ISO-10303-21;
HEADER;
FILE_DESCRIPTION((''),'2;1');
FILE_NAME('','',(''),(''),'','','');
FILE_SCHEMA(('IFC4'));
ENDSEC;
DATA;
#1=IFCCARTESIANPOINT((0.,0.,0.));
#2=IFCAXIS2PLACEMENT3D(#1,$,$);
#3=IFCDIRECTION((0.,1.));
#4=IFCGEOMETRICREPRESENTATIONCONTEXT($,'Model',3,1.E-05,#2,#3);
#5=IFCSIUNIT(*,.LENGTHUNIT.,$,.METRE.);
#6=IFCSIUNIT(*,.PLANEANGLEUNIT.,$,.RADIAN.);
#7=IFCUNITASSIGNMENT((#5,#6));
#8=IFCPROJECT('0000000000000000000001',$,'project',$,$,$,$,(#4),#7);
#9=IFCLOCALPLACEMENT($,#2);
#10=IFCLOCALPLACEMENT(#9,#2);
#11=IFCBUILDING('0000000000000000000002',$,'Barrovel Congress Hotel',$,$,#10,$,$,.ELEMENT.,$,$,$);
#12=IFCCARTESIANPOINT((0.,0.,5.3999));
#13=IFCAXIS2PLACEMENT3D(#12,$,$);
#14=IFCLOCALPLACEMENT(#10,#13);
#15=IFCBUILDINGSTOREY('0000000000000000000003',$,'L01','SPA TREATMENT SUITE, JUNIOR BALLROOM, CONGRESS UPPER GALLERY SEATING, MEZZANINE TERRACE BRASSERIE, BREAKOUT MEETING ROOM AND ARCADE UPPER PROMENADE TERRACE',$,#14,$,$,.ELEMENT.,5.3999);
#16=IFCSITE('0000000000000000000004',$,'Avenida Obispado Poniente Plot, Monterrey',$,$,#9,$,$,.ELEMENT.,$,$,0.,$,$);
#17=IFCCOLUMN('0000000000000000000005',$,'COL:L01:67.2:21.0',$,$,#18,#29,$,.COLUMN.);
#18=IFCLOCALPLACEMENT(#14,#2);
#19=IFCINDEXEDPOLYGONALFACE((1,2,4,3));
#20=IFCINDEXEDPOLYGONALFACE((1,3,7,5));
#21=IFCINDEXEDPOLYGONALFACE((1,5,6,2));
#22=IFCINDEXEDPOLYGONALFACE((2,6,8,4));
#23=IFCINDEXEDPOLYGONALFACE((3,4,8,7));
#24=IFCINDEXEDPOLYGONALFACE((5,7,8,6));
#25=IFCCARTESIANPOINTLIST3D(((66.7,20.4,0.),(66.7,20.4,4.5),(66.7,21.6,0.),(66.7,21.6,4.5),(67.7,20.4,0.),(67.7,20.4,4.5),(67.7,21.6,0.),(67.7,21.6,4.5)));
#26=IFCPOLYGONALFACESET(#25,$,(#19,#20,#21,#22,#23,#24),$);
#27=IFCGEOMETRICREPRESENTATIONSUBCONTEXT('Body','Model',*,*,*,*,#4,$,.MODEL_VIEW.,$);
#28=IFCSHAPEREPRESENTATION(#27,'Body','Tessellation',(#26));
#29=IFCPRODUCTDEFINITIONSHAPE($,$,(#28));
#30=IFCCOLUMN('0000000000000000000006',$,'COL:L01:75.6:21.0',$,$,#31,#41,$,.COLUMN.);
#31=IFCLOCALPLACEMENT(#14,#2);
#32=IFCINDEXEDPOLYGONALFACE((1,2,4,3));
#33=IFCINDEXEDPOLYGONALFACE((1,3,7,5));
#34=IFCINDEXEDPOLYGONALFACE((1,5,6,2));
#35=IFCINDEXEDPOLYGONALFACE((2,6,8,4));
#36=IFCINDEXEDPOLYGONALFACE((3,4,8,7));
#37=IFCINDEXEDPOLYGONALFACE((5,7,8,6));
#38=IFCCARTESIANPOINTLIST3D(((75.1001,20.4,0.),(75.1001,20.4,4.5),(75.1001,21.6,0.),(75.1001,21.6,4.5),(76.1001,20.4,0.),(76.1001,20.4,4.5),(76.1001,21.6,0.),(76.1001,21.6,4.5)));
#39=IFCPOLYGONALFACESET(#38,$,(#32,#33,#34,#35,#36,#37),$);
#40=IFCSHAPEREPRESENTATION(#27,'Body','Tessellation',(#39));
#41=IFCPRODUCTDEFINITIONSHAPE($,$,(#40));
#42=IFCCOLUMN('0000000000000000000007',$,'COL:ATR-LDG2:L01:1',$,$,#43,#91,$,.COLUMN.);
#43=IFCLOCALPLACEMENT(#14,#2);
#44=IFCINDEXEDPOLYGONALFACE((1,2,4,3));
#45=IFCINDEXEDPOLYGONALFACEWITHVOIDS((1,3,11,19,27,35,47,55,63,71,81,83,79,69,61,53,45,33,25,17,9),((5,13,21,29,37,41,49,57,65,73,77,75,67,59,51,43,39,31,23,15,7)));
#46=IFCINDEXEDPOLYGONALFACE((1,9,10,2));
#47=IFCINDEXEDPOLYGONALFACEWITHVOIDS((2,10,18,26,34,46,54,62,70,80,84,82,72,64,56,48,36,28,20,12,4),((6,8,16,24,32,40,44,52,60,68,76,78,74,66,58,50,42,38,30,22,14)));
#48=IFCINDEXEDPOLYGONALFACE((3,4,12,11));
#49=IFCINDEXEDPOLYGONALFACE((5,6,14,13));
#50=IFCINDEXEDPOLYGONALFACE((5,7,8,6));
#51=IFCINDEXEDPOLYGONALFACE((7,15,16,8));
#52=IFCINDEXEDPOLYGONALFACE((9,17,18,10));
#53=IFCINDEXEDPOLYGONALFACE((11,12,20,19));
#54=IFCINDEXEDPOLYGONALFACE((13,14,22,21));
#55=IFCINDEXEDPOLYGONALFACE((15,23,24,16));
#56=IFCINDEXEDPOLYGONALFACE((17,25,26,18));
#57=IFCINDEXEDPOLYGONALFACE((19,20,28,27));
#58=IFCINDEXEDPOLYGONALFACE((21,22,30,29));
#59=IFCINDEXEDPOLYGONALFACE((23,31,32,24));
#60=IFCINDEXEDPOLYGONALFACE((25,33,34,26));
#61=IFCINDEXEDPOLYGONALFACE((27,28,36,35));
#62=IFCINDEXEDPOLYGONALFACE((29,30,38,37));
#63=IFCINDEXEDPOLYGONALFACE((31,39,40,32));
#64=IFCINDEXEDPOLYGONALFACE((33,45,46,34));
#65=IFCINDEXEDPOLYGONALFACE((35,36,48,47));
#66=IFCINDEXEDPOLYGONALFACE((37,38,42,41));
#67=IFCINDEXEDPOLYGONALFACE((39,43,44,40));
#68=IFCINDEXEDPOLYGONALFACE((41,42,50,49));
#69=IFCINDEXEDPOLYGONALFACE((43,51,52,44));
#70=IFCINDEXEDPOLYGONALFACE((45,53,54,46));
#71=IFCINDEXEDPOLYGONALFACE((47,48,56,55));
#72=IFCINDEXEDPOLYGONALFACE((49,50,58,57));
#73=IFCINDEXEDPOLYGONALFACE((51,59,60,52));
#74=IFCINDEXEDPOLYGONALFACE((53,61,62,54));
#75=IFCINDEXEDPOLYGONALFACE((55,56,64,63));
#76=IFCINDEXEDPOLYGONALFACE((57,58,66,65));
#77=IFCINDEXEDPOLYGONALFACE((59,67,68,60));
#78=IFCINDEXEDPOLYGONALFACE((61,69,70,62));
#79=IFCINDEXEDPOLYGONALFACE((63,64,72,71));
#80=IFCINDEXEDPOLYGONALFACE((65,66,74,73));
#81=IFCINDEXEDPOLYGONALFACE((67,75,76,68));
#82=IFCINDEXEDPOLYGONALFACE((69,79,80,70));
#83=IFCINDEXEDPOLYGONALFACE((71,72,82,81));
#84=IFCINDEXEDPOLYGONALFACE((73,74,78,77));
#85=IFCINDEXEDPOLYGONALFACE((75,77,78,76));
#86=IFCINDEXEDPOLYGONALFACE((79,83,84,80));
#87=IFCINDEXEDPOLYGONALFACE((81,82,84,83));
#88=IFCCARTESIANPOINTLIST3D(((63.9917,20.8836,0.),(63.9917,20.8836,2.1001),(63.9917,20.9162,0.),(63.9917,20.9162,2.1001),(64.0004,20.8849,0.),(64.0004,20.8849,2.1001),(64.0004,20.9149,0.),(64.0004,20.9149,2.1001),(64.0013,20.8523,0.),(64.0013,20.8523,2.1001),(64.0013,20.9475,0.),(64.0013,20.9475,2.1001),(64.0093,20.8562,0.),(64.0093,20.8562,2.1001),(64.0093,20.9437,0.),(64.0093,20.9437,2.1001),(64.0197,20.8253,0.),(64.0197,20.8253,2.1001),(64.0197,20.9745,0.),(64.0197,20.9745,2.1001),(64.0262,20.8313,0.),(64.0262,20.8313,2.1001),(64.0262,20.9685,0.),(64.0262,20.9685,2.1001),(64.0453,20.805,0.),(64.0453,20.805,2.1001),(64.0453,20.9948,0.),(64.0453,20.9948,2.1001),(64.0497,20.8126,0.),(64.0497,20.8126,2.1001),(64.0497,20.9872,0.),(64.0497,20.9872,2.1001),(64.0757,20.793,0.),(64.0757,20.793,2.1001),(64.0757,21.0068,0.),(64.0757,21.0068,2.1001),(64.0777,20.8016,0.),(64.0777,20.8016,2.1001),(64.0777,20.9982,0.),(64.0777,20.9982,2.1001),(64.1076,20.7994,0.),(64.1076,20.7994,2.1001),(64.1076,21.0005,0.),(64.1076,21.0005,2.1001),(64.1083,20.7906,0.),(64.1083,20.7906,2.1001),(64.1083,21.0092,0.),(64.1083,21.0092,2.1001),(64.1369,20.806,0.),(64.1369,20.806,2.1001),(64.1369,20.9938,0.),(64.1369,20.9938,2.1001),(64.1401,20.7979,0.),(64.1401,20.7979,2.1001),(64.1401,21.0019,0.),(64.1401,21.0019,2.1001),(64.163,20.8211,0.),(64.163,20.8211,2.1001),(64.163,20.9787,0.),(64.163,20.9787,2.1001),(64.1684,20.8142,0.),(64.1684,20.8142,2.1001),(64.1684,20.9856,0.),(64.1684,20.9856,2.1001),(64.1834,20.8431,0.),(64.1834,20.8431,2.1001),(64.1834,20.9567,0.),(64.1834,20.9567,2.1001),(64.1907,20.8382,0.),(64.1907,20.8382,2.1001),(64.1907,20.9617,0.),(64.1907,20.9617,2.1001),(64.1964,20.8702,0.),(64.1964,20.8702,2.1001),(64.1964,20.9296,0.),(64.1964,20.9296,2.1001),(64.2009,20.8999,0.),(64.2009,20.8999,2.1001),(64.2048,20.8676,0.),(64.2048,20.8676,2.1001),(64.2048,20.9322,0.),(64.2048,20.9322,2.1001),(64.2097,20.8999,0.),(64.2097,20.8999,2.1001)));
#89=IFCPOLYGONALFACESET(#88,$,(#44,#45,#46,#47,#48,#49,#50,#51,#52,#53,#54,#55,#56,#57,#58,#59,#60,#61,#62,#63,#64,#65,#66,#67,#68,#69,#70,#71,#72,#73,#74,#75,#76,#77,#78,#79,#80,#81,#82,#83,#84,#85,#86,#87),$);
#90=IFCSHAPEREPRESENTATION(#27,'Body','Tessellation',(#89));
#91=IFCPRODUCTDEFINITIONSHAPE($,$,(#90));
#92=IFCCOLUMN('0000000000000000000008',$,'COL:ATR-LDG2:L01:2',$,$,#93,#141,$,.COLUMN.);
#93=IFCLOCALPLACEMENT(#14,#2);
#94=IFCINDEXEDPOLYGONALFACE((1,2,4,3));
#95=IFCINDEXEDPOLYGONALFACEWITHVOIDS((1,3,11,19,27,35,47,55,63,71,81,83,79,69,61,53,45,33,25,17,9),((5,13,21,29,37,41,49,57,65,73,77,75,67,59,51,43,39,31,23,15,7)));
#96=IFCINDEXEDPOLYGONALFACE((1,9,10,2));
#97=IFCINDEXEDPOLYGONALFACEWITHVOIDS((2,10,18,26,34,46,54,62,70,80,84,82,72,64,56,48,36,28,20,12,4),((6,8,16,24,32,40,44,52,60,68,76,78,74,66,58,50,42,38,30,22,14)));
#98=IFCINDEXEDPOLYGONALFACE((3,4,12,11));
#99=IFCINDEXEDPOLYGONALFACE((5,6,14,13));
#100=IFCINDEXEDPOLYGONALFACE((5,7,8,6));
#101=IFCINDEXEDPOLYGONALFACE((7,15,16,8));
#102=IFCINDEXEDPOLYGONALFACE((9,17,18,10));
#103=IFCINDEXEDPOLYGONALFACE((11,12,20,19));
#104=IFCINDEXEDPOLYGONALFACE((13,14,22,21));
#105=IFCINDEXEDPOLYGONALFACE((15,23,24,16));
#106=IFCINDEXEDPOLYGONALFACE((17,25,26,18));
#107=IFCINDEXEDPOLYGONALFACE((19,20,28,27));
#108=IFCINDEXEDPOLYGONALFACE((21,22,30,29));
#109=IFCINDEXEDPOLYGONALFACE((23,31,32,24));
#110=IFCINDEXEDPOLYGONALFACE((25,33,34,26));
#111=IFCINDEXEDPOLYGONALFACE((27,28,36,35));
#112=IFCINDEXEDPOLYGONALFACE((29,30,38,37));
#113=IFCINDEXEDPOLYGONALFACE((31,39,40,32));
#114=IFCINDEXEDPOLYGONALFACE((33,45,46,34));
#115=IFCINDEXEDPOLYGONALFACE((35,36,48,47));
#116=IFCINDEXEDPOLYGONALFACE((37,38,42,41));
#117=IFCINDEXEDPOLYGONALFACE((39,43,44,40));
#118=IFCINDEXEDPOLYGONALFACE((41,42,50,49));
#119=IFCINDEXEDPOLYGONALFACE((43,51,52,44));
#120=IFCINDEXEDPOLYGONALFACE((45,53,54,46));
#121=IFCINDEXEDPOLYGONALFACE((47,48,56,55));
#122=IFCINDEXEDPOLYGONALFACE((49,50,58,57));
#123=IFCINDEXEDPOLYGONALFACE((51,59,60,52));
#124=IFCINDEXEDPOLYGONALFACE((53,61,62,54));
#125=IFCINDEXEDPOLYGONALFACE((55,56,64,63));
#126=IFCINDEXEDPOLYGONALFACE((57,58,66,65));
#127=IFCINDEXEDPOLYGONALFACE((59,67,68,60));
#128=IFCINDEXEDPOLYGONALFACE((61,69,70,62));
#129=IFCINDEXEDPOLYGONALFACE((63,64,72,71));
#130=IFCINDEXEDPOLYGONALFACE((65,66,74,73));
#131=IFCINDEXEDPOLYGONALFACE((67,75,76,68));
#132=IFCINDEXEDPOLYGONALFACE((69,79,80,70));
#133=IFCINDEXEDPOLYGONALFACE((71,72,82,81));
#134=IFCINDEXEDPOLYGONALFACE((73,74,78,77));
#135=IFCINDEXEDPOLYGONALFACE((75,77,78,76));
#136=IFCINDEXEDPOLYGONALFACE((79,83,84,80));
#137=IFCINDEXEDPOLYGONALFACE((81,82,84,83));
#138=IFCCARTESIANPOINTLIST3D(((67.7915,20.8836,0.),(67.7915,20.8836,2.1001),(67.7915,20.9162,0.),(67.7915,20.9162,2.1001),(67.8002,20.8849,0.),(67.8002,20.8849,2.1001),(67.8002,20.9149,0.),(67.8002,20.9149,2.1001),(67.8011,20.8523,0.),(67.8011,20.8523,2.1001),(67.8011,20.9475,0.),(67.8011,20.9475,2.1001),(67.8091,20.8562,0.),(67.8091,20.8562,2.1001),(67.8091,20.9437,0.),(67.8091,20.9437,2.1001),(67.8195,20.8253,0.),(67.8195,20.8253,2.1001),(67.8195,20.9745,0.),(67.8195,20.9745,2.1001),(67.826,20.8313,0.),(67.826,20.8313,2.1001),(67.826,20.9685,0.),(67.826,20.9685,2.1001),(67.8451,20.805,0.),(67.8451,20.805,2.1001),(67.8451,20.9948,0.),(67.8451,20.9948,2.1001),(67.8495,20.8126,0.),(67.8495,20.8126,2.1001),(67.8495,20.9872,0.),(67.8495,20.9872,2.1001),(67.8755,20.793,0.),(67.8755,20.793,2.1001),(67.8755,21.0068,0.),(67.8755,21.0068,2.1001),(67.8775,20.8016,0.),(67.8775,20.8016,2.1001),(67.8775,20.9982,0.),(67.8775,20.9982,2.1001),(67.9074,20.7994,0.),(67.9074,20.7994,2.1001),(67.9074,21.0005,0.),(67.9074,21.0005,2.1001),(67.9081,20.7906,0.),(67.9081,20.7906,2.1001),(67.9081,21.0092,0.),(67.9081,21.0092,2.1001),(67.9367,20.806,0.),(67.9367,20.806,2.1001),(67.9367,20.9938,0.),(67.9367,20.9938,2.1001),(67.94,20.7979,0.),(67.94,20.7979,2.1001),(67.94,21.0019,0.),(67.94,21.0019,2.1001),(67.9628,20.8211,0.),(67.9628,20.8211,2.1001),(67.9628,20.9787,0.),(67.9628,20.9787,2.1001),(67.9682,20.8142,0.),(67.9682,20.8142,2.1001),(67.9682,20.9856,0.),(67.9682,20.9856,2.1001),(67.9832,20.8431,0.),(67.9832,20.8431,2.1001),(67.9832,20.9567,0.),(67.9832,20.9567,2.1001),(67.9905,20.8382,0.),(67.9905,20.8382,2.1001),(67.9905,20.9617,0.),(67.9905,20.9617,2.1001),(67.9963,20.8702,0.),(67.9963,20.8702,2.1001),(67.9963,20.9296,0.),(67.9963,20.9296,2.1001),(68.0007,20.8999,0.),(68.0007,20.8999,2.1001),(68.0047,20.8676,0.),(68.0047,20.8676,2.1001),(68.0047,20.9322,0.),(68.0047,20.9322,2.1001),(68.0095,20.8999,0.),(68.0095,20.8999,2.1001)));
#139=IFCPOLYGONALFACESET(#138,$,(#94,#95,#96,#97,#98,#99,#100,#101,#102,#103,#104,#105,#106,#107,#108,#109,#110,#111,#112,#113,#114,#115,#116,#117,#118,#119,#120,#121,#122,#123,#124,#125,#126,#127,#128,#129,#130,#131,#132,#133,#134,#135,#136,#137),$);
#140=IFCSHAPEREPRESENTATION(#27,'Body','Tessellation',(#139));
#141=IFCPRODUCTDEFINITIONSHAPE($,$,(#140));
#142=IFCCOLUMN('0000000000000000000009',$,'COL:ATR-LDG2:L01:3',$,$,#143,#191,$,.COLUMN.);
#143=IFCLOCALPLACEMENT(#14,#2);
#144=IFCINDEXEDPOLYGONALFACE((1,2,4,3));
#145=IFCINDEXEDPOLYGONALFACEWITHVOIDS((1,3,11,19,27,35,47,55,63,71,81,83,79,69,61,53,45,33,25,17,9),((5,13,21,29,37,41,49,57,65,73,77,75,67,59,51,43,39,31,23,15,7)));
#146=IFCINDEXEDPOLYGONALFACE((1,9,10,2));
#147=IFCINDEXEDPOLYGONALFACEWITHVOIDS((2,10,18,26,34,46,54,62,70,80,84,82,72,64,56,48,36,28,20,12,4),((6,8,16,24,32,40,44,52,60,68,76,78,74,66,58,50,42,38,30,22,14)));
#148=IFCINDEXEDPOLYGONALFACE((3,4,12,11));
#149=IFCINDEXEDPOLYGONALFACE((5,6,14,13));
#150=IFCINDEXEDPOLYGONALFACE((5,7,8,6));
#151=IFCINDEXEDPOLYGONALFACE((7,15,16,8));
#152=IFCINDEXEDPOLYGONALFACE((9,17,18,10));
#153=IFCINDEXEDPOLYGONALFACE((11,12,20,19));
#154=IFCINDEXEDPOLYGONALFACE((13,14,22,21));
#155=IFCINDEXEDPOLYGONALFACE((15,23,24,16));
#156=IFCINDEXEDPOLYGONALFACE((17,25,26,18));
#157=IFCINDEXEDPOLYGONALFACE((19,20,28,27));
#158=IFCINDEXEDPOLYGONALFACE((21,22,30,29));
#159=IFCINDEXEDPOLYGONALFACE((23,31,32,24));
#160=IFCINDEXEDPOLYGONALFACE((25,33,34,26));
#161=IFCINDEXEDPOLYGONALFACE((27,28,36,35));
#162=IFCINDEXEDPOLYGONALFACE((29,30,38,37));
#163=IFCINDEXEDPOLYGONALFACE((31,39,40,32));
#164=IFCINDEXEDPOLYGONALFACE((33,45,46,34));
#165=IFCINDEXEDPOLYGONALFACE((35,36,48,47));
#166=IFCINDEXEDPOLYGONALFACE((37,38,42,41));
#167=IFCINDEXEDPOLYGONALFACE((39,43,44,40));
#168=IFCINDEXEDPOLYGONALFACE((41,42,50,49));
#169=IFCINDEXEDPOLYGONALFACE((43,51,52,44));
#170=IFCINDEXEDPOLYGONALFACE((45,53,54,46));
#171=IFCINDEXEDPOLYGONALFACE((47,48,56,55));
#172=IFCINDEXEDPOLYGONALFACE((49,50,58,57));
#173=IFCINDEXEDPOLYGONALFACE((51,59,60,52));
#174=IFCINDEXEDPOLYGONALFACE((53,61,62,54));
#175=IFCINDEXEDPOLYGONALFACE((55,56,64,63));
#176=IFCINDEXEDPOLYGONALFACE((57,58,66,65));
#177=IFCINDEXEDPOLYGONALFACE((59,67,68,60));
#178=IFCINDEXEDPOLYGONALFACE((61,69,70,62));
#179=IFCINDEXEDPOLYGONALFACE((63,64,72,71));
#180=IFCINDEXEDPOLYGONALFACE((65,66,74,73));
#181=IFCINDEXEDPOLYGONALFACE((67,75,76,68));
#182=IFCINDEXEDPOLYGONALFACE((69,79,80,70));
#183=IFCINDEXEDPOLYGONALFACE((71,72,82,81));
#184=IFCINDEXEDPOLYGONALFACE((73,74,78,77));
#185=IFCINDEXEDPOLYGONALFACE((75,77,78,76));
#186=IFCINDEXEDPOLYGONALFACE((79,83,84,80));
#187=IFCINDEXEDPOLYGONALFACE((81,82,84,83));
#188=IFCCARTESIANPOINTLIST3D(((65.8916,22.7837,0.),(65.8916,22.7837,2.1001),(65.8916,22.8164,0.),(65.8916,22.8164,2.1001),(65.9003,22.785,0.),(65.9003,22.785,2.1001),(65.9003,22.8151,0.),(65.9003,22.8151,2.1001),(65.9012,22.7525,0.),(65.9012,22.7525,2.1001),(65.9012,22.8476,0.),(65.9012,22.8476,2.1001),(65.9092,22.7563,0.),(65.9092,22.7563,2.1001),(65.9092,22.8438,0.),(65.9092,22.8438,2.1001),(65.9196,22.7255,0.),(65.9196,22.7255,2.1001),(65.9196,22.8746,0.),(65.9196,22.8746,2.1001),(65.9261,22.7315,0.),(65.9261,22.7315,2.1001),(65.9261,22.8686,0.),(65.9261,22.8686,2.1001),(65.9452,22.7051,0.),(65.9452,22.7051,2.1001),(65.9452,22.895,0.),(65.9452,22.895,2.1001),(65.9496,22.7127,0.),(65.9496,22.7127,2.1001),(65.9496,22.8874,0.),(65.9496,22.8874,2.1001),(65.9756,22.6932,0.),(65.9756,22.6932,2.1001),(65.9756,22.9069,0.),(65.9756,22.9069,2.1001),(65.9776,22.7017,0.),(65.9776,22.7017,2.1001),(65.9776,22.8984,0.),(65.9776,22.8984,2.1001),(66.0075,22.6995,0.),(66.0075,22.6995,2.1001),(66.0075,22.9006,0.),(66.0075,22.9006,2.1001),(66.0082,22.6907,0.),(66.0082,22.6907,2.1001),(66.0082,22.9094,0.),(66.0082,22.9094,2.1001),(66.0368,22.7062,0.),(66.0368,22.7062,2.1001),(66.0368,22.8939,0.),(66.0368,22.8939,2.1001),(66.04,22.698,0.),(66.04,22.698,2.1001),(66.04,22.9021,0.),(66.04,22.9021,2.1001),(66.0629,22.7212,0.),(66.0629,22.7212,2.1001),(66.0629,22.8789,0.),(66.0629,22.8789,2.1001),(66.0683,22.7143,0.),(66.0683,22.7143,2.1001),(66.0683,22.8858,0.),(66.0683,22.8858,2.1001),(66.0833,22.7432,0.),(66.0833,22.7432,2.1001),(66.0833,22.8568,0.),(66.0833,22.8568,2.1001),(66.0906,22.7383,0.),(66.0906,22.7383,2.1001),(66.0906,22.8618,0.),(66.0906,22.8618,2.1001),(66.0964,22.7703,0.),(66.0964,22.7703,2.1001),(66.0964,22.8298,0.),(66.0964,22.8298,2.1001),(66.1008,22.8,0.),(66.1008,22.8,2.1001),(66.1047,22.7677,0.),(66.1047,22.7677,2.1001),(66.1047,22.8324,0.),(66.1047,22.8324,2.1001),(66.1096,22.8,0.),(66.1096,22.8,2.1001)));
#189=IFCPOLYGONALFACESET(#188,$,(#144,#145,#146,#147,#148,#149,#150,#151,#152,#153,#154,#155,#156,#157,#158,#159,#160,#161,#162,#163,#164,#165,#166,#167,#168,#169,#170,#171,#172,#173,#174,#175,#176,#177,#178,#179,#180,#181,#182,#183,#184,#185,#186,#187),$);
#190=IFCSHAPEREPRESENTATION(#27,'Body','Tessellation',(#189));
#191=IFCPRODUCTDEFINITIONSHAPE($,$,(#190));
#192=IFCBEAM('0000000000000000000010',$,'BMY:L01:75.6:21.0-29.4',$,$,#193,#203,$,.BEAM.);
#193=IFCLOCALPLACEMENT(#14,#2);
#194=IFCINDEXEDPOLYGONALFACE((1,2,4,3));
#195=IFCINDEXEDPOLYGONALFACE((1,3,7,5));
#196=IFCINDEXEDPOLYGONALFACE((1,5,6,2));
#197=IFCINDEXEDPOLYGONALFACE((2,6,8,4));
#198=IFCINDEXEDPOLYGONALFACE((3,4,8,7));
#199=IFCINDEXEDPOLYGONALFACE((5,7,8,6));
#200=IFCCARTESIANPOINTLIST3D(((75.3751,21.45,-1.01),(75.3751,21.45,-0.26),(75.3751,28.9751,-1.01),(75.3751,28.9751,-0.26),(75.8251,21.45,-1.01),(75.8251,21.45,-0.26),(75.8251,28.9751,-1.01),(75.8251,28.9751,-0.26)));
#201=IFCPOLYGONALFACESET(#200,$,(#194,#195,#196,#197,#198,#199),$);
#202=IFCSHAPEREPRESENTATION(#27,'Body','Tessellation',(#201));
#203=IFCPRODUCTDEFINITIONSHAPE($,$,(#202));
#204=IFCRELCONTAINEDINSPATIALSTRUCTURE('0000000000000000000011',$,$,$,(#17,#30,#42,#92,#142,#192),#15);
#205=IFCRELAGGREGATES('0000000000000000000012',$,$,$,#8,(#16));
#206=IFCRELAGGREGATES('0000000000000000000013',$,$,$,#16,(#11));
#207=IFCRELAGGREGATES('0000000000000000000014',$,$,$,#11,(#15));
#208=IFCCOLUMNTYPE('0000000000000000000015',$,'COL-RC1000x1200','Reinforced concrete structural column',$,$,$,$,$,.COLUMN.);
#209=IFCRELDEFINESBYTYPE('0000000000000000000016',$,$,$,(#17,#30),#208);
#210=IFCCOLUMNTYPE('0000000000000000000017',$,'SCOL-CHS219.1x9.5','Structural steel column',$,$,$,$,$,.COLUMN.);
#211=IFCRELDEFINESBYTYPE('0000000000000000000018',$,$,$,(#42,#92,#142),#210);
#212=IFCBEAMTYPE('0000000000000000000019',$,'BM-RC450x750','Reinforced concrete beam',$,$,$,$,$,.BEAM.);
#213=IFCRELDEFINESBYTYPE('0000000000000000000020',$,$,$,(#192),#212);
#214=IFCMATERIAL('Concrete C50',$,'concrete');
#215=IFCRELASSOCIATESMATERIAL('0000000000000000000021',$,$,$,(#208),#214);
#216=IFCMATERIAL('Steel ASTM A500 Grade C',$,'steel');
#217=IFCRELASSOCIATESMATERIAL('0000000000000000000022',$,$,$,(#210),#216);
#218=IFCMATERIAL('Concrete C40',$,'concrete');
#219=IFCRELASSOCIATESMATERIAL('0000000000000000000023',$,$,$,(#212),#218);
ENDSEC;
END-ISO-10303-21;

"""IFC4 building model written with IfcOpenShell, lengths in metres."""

from ifc_helpers import new_model, si_unit, direction, frame, origin, origin_2d, place, context, subcontext, project, spatial, rectangle, hollow_circle, extrude, material, material_profile, profile_set, type_object, element, save


model = new_model("IFC4")

# Units and contexts
model_context = context("Model", 3, precision=1e-05, world=origin(), true_north=direction((0.0, 1.0)))
body_context = subcontext(model_context, "Body", "Model", "MODEL_VIEW")
ifc_project = project(units=[si_unit("LENGTHUNIT", "METRE"), si_unit("PLANEANGLEUNIT", "RADIAN")], contexts=[model_context])

# Site, building, storey
site_placement = place(None, origin())
site = spatial("IfcSite", under=ifc_project, at=site_placement, Name="Avenida Obispado Poniente Plot, Monterrey", CompositionType="ELEMENT", RefElevation=0.0)
building_placement = place(site_placement, origin())
building = spatial("IfcBuilding", under=site, at=building_placement, Name="Barrovel Congress Hotel", CompositionType="ELEMENT")
storey_placement = place(building_placement, frame((0.0, 0.0, 5.3999)))
storey = spatial("IfcBuildingStorey", under=building, at=storey_placement, Name="L01", Description="SPA TREATMENT SUITE, JUNIOR BALLROOM, CONGRESS UPPER GALLERY SEATING, MEZZANINE TERRACE BRASSERIE, BREAKOUT MEETING ROOM AND ARCADE UPPER PROMENADE TERRACE", CompositionType="ELEMENT", Elevation=5.3999)

# Columns
ifc_material_1 = material(Name="Concrete C50", Category="concrete")
ifc_material_profile_1 = material_profile(ifc_material_1, rectangle(XDim=1.0, YDim=1.2, at=origin_2d()), Name="RC1000x1200")
ifc_profile_set_1 = profile_set([ifc_material_profile_1], Name="Concrete C50")
column_type_1 = type_object("IfcColumnType", Name="COL-RC1000x1200", Description="Reinforced concrete structural column", PredefinedType="COLUMN", material=ifc_profile_set_1)
for number, where, z_axis, x_axis, name in (
    (1, (67.2, 21.0, 0.0), (0.0, 0.0, 1.0), (1.0, 0.0, 0.0), "COL:L01:67.2:21.0"),
    (2, (75.6001, 21.0, 0.0), (0.0, 0.0, 1.0), (1.0, 0.0, 0.0), "COL:L01:75.6:21.0"),
):
    element("IfcColumn", number, at=place(storey_placement, frame(where, z_axis=z_axis, x_axis=x_axis)), inside=storey, type_object=column_type_1, Name=name, PredefinedType="COLUMN", context=body_context, shape_type="SweptSolid", body=[
        extrude(rectangle(XDim=1.0, YDim=1.2, at=origin_2d()), origin(), (0.0, 0.0, 1.0), 4.5),
    ])
ifc_material_2 = material(Name="Steel ASTM A500 Grade C", Category="steel")
ifc_material_profile_2 = material_profile(ifc_material_2, hollow_circle(Radius=0.1096, WallThickness=0.0088, at=origin_2d()), Name="CHS219.1x9.5")
ifc_profile_set_2 = profile_set([ifc_material_profile_2], Name="Steel ASTM A500 Grade C")
column_type_2 = type_object("IfcColumnType", Name="SCOL-CHS219.1x9.5", Description="Structural steel column", PredefinedType="COLUMN", material=ifc_profile_set_2)
for number, where, z_axis, x_axis, name in (
    (3, (64.1001, 20.8999, 0.0), (0.0, 0.0, 1.0), (1.0, 0.0, 0.0), "COL:ATR-LDG2:L01:1"),
    (4, (67.8999, 20.8999, 0.0), (0.0, 0.0, 1.0), (1.0, 0.0, 0.0), "COL:ATR-LDG2:L01:2"),
    (5, (66.0, 22.8, 0.0), (0.0, 0.0, 1.0), (1.0, 0.0, 0.0), "COL:ATR-LDG2:L01:3"),
):
    element("IfcColumn", number, at=place(storey_placement, frame(where, z_axis=z_axis, x_axis=x_axis)), inside=storey, type_object=column_type_2, Name=name, PredefinedType="COLUMN", context=body_context, shape_type="SweptSolid", body=[
        extrude(hollow_circle(Radius=0.1096, WallThickness=0.0088, at=origin_2d()), origin(), (0.0, 0.0, 1.0), 2.1001),
    ])

# Beam
ifc_material_3 = material(Name="Concrete C40", Category="concrete")
ifc_material_profile_3 = material_profile(ifc_material_3, rectangle(XDim=0.45, YDim=0.75, at=origin_2d()), Name="RC450x750")
ifc_profile_set_3 = profile_set([ifc_material_profile_3], Name="Concrete C40")
beam_type_1 = type_object("IfcBeamType", Name="BM-RC450x750", Description="Reinforced concrete beam", PredefinedType="BEAM", material=ifc_profile_set_3)
beam_1_placement = place(storey_placement, frame((75.6001, 21.45, -0.635), z_axis=(0.0, 1.0, 0.0), x_axis=(-1.0, 0.0, 0.0)))
element("IfcBeam", 6, at=beam_1_placement, inside=storey, type_object=beam_type_1, Name="BMY:L01:75.6:21.0-29.4", PredefinedType="BEAM", context=body_context, shape_type="SweptSolid", body=[
    extrude(rectangle(XDim=0.45, YDim=0.75, at=origin_2d()), origin(), (0.0, 0.0, 1.0), 7.5251),
])

save(model, "model.ifc")
